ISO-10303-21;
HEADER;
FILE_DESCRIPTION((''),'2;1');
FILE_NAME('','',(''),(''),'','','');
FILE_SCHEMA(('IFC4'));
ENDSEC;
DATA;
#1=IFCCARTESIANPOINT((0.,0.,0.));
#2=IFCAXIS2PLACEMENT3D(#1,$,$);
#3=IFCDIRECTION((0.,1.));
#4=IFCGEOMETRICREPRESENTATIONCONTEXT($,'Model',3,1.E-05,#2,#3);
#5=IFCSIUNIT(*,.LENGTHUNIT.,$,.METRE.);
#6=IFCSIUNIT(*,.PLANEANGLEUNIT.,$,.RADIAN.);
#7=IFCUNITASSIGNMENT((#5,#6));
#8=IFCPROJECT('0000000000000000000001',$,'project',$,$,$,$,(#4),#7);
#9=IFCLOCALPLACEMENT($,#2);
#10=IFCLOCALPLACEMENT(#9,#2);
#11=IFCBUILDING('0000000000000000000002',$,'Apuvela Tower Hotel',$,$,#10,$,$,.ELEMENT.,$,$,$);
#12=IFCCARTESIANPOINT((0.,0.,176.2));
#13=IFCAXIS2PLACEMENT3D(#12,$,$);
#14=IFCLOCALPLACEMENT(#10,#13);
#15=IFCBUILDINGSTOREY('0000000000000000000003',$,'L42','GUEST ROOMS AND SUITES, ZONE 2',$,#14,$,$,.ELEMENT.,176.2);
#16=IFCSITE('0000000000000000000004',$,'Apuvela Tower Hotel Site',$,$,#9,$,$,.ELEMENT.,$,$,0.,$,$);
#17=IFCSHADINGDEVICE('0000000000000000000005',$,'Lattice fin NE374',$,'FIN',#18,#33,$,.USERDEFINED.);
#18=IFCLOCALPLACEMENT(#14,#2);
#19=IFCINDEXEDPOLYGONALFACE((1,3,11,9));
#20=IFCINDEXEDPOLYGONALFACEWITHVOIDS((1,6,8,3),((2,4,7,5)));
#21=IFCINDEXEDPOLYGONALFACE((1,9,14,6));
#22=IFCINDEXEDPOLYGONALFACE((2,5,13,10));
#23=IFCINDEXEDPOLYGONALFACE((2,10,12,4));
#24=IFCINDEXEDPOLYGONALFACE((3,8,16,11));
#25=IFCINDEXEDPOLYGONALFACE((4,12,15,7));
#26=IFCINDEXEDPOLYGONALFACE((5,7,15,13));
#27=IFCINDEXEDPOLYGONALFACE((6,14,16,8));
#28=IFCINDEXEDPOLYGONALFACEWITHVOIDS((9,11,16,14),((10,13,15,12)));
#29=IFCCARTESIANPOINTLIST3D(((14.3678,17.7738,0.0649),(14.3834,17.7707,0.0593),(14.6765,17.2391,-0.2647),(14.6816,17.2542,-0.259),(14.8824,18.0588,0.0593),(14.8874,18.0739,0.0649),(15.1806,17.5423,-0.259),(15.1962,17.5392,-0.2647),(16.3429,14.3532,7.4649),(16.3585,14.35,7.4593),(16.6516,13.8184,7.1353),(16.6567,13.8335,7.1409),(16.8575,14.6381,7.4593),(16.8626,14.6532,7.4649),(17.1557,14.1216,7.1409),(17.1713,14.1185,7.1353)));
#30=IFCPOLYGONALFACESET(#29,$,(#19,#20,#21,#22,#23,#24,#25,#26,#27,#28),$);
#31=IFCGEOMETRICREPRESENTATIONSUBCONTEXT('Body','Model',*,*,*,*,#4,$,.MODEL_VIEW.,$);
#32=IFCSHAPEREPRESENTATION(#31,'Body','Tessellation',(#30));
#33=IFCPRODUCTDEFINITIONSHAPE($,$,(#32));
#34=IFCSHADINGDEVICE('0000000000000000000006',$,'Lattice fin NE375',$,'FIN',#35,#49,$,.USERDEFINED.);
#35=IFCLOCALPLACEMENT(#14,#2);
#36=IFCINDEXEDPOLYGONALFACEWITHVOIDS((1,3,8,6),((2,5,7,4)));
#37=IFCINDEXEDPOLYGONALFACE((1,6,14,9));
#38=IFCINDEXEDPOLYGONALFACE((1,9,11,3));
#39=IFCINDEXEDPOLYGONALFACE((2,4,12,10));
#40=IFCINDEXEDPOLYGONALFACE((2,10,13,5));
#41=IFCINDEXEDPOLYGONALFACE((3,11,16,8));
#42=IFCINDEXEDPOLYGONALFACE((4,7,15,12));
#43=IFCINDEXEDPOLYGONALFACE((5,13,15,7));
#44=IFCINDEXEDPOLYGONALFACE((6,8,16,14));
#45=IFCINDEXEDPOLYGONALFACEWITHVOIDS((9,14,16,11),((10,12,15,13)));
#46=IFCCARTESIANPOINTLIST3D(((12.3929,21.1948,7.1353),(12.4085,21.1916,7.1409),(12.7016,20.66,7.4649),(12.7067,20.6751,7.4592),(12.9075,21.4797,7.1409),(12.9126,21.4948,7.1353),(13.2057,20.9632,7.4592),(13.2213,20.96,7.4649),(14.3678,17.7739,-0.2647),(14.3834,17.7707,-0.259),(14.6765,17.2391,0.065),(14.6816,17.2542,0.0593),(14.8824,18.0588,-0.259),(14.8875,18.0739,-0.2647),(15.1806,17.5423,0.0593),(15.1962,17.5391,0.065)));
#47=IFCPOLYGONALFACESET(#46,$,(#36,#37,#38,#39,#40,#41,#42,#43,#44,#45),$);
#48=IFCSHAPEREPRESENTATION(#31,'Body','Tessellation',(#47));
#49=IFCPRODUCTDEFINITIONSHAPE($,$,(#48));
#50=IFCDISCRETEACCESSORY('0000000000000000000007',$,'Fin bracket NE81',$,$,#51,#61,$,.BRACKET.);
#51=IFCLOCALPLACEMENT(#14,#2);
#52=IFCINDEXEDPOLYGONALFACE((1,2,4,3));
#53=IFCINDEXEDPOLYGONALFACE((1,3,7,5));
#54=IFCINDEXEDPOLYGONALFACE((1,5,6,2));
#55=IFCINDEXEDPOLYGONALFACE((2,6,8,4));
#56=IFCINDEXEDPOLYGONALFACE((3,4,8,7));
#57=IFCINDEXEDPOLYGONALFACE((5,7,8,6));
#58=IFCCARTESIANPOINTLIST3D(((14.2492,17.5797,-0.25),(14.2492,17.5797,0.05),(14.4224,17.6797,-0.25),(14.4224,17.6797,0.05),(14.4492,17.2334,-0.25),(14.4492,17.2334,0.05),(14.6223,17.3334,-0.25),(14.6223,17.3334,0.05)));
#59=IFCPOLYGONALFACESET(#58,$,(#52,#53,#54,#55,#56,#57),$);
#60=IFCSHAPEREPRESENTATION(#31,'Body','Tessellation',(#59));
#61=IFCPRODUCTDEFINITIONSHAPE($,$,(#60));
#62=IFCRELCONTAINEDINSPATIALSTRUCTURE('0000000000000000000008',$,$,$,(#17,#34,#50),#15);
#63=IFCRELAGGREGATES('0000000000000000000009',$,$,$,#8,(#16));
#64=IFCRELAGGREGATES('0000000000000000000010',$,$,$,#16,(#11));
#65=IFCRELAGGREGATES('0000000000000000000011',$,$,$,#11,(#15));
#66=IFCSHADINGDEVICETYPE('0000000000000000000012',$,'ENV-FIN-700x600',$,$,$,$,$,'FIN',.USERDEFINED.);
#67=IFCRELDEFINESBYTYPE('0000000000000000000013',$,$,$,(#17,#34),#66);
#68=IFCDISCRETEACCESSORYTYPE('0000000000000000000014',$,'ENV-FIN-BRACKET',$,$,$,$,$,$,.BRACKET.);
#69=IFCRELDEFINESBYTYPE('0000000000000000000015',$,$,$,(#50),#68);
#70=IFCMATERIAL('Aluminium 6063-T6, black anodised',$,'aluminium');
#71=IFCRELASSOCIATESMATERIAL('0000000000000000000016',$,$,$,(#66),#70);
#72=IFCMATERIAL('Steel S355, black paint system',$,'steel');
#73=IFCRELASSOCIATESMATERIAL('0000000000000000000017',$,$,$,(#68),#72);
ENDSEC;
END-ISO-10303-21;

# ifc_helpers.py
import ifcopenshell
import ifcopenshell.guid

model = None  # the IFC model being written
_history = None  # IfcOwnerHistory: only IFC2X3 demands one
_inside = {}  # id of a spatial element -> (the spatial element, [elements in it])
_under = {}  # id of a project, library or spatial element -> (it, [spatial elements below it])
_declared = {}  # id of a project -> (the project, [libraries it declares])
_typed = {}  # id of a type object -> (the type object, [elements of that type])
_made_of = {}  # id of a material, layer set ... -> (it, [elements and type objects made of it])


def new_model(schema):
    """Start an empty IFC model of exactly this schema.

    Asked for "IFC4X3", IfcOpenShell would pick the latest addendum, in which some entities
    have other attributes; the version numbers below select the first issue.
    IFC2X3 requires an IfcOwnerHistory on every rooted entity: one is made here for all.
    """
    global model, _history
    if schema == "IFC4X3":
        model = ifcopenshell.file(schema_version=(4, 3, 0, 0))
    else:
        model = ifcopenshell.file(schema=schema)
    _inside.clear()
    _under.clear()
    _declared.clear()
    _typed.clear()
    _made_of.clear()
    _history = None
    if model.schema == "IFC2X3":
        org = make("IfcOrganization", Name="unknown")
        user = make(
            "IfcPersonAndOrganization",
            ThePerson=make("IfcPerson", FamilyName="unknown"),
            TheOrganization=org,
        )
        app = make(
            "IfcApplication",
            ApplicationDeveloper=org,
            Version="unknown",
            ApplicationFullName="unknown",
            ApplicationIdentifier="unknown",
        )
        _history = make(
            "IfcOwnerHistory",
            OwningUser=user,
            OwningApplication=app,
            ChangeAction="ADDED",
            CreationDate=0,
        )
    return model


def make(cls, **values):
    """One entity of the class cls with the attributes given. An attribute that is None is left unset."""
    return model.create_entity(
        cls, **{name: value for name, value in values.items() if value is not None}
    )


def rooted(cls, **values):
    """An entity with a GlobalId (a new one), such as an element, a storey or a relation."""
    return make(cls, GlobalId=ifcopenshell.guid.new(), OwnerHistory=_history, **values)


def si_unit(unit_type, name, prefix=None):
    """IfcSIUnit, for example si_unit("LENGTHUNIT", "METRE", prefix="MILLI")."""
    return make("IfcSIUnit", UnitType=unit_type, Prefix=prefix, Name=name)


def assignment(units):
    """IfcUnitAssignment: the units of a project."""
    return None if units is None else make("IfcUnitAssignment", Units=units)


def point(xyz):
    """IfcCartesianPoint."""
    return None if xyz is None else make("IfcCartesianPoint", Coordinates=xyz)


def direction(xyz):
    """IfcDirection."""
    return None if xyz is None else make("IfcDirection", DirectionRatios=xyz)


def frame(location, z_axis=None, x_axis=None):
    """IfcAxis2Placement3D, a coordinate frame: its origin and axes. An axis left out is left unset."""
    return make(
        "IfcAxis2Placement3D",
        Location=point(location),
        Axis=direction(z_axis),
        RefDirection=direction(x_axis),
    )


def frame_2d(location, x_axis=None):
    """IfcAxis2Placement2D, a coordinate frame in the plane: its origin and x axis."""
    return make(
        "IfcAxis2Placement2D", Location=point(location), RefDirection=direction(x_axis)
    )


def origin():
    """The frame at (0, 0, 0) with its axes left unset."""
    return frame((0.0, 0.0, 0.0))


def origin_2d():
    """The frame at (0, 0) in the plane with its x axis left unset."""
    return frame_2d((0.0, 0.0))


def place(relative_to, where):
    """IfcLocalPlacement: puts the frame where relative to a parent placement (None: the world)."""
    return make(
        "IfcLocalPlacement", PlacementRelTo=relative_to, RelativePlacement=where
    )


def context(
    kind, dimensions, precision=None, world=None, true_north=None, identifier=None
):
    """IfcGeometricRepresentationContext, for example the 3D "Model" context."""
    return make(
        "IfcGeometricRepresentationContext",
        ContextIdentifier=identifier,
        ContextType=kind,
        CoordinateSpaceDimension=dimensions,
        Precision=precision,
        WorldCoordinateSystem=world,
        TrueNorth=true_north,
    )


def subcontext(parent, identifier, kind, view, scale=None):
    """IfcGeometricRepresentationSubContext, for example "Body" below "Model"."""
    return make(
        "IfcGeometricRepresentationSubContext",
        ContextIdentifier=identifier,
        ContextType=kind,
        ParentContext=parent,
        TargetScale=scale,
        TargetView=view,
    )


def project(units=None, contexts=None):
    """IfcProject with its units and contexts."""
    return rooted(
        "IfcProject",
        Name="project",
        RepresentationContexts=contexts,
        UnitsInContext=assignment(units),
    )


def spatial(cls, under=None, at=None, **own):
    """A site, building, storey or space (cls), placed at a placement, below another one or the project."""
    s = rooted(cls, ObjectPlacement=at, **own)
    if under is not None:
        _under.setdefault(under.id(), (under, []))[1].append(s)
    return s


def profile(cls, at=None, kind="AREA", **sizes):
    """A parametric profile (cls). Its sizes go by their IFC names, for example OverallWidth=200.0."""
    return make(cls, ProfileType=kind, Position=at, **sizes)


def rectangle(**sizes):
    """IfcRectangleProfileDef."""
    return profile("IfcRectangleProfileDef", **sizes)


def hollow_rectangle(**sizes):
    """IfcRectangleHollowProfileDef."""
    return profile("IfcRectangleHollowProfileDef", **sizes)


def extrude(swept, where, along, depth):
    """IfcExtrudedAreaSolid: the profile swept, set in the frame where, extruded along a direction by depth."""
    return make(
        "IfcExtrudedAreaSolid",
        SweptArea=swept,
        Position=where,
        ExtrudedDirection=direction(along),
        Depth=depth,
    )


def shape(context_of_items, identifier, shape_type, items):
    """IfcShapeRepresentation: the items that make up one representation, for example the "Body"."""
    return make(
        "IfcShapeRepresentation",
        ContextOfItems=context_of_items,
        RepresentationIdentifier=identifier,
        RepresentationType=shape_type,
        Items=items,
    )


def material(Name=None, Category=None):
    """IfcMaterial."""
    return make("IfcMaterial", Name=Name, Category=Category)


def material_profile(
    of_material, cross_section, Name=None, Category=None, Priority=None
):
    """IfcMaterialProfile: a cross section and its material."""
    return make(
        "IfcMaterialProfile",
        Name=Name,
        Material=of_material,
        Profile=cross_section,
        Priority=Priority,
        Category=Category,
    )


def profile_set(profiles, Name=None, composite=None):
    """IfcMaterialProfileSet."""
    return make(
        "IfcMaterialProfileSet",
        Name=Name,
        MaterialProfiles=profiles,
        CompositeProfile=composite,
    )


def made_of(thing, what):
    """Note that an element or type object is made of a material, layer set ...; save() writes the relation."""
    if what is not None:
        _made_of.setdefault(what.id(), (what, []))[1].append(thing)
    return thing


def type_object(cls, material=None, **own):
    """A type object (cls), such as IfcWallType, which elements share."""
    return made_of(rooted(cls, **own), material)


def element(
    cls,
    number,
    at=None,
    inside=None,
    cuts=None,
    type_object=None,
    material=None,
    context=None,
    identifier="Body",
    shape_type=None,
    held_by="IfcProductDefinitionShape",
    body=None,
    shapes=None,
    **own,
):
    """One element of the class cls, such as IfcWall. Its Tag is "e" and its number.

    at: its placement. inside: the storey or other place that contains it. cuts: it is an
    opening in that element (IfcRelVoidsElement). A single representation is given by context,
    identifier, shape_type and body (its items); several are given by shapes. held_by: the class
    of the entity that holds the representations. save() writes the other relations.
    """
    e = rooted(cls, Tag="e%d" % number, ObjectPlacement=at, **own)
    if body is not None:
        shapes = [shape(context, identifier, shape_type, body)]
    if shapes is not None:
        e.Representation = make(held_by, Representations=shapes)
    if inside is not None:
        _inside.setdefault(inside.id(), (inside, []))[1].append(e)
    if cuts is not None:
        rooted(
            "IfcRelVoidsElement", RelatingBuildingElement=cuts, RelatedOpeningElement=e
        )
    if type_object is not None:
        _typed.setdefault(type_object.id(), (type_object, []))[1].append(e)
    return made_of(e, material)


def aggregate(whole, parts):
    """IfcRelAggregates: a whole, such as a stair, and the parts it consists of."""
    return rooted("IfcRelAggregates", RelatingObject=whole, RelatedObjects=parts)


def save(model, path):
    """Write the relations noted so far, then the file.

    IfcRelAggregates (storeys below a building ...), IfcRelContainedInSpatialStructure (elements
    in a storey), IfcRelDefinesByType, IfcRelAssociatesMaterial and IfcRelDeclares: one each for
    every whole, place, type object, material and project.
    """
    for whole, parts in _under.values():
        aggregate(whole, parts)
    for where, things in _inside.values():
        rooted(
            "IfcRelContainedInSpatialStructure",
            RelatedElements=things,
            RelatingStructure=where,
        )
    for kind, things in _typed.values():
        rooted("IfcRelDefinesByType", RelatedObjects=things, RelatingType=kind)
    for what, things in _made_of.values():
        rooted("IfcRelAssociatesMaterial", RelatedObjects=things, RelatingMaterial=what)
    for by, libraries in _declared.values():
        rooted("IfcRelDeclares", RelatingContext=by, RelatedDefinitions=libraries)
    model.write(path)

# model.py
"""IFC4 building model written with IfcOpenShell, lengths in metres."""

from ifc_helpers import new_model, si_unit, direction, frame, origin, origin_2d, place, context, subcontext, project, spatial, rectangle, hollow_rectangle, extrude, material, material_profile, profile_set, type_object, element, save


model = new_model("IFC4")

# Units and contexts
model_context = context("Model", 3, precision=1e-05, world=origin(), true_north=direction((0.0, 1.0)))
body_context = subcontext(model_context, "Body", "Model", "MODEL_VIEW")
ifc_project = project(units=[si_unit("LENGTHUNIT", "METRE"), si_unit("PLANEANGLEUNIT", "RADIAN")], contexts=[model_context])

# Site, building, storey
site_placement = place(None, origin())
site = spatial("IfcSite", under=ifc_project, at=site_placement, Name="Apuvela Tower Hotel Site", CompositionType="ELEMENT", RefElevation=0.0)
building_placement = place(site_placement, origin())
building = spatial("IfcBuilding", under=site, at=building_placement, Name="Apuvela Tower Hotel", CompositionType="ELEMENT")
storey_placement = place(building_placement, frame((0.0, 0.0, 176.2)))
storey = spatial("IfcBuildingStorey", under=building, at=storey_placement, Name="L42", Description="GUEST ROOMS AND SUITES, ZONE 2", CompositionType="ELEMENT", Elevation=176.2)

# Shading devices
ifc_material_1 = material(Name="Aluminium 6063-T6, black anodised", Category="aluminium")
ifc_material_profile_1 = material_profile(ifc_material_1, hollow_rectangle(XDim=0.6001, YDim=0.7, WallThickness=0.012, at=origin_2d()), Name="AL BOX 700x600x12")
ifc_profile_set_1 = profile_set([ifc_material_profile_1], Name="Aluminium 6063-T6, black anodised")
shading_device_type = type_object("IfcShadingDeviceType", Name="ENV-FIN-700x600", ElementType="FIN", PredefinedType="USERDEFINED", material=ifc_profile_set_1)
for number, where, z_axis, x_axis, name in (
    (1, (14.782, 17.6565, -0.0999), (0.235464, -0.407798, 0.882189), (0.866005, 0.500035, 0.0), "Lattice fin NE374"),
    (2, (14.782, 17.6565, -0.0999), (-0.235434, 0.407825, 0.882185), (-0.866048, -0.499961, 0.0), "Lattice fin NE375"),
):
    element("IfcShadingDevice", number, at=place(storey_placement, frame(where, z_axis=z_axis, x_axis=x_axis)), inside=storey, type_object=shading_device_type, Name=name, ObjectType="FIN", PredefinedType="USERDEFINED", context=body_context, shape_type="SweptSolid", body=[
        extrude(hollow_rectangle(XDim=0.6001, YDim=0.7, WallThickness=0.012, at=origin_2d()), origin(), (0.0, 0.0, 1.0), 8.3882),
    ])

# Discrete accessory
ifc_material_2 = material(Name="Steel S355, black paint system", Category="steel")
discrete_accessory_type = type_object("IfcDiscreteAccessoryType", Name="ENV-FIN-BRACKET", PredefinedType="BRACKET", material=ifc_material_2)
discrete_accessory_placement = place(storey_placement, frame((14.4358, 17.4565, -0.25), z_axis=(0.0, 0.0, 1.0), x_axis=(-0.5, 0.866025, 0.0)))
element("IfcDiscreteAccessory", 3, at=discrete_accessory_placement, inside=storey, type_object=discrete_accessory_type, Name="Fin bracket NE81", PredefinedType="BRACKET", context=body_context, shape_type="SweptSolid", body=[
    extrude(rectangle(XDim=0.3999, YDim=0.2, at=origin_2d()), origin(), (0.0, 0.0, 1.0), 0.3),
])

save(model, "model.ifc")
